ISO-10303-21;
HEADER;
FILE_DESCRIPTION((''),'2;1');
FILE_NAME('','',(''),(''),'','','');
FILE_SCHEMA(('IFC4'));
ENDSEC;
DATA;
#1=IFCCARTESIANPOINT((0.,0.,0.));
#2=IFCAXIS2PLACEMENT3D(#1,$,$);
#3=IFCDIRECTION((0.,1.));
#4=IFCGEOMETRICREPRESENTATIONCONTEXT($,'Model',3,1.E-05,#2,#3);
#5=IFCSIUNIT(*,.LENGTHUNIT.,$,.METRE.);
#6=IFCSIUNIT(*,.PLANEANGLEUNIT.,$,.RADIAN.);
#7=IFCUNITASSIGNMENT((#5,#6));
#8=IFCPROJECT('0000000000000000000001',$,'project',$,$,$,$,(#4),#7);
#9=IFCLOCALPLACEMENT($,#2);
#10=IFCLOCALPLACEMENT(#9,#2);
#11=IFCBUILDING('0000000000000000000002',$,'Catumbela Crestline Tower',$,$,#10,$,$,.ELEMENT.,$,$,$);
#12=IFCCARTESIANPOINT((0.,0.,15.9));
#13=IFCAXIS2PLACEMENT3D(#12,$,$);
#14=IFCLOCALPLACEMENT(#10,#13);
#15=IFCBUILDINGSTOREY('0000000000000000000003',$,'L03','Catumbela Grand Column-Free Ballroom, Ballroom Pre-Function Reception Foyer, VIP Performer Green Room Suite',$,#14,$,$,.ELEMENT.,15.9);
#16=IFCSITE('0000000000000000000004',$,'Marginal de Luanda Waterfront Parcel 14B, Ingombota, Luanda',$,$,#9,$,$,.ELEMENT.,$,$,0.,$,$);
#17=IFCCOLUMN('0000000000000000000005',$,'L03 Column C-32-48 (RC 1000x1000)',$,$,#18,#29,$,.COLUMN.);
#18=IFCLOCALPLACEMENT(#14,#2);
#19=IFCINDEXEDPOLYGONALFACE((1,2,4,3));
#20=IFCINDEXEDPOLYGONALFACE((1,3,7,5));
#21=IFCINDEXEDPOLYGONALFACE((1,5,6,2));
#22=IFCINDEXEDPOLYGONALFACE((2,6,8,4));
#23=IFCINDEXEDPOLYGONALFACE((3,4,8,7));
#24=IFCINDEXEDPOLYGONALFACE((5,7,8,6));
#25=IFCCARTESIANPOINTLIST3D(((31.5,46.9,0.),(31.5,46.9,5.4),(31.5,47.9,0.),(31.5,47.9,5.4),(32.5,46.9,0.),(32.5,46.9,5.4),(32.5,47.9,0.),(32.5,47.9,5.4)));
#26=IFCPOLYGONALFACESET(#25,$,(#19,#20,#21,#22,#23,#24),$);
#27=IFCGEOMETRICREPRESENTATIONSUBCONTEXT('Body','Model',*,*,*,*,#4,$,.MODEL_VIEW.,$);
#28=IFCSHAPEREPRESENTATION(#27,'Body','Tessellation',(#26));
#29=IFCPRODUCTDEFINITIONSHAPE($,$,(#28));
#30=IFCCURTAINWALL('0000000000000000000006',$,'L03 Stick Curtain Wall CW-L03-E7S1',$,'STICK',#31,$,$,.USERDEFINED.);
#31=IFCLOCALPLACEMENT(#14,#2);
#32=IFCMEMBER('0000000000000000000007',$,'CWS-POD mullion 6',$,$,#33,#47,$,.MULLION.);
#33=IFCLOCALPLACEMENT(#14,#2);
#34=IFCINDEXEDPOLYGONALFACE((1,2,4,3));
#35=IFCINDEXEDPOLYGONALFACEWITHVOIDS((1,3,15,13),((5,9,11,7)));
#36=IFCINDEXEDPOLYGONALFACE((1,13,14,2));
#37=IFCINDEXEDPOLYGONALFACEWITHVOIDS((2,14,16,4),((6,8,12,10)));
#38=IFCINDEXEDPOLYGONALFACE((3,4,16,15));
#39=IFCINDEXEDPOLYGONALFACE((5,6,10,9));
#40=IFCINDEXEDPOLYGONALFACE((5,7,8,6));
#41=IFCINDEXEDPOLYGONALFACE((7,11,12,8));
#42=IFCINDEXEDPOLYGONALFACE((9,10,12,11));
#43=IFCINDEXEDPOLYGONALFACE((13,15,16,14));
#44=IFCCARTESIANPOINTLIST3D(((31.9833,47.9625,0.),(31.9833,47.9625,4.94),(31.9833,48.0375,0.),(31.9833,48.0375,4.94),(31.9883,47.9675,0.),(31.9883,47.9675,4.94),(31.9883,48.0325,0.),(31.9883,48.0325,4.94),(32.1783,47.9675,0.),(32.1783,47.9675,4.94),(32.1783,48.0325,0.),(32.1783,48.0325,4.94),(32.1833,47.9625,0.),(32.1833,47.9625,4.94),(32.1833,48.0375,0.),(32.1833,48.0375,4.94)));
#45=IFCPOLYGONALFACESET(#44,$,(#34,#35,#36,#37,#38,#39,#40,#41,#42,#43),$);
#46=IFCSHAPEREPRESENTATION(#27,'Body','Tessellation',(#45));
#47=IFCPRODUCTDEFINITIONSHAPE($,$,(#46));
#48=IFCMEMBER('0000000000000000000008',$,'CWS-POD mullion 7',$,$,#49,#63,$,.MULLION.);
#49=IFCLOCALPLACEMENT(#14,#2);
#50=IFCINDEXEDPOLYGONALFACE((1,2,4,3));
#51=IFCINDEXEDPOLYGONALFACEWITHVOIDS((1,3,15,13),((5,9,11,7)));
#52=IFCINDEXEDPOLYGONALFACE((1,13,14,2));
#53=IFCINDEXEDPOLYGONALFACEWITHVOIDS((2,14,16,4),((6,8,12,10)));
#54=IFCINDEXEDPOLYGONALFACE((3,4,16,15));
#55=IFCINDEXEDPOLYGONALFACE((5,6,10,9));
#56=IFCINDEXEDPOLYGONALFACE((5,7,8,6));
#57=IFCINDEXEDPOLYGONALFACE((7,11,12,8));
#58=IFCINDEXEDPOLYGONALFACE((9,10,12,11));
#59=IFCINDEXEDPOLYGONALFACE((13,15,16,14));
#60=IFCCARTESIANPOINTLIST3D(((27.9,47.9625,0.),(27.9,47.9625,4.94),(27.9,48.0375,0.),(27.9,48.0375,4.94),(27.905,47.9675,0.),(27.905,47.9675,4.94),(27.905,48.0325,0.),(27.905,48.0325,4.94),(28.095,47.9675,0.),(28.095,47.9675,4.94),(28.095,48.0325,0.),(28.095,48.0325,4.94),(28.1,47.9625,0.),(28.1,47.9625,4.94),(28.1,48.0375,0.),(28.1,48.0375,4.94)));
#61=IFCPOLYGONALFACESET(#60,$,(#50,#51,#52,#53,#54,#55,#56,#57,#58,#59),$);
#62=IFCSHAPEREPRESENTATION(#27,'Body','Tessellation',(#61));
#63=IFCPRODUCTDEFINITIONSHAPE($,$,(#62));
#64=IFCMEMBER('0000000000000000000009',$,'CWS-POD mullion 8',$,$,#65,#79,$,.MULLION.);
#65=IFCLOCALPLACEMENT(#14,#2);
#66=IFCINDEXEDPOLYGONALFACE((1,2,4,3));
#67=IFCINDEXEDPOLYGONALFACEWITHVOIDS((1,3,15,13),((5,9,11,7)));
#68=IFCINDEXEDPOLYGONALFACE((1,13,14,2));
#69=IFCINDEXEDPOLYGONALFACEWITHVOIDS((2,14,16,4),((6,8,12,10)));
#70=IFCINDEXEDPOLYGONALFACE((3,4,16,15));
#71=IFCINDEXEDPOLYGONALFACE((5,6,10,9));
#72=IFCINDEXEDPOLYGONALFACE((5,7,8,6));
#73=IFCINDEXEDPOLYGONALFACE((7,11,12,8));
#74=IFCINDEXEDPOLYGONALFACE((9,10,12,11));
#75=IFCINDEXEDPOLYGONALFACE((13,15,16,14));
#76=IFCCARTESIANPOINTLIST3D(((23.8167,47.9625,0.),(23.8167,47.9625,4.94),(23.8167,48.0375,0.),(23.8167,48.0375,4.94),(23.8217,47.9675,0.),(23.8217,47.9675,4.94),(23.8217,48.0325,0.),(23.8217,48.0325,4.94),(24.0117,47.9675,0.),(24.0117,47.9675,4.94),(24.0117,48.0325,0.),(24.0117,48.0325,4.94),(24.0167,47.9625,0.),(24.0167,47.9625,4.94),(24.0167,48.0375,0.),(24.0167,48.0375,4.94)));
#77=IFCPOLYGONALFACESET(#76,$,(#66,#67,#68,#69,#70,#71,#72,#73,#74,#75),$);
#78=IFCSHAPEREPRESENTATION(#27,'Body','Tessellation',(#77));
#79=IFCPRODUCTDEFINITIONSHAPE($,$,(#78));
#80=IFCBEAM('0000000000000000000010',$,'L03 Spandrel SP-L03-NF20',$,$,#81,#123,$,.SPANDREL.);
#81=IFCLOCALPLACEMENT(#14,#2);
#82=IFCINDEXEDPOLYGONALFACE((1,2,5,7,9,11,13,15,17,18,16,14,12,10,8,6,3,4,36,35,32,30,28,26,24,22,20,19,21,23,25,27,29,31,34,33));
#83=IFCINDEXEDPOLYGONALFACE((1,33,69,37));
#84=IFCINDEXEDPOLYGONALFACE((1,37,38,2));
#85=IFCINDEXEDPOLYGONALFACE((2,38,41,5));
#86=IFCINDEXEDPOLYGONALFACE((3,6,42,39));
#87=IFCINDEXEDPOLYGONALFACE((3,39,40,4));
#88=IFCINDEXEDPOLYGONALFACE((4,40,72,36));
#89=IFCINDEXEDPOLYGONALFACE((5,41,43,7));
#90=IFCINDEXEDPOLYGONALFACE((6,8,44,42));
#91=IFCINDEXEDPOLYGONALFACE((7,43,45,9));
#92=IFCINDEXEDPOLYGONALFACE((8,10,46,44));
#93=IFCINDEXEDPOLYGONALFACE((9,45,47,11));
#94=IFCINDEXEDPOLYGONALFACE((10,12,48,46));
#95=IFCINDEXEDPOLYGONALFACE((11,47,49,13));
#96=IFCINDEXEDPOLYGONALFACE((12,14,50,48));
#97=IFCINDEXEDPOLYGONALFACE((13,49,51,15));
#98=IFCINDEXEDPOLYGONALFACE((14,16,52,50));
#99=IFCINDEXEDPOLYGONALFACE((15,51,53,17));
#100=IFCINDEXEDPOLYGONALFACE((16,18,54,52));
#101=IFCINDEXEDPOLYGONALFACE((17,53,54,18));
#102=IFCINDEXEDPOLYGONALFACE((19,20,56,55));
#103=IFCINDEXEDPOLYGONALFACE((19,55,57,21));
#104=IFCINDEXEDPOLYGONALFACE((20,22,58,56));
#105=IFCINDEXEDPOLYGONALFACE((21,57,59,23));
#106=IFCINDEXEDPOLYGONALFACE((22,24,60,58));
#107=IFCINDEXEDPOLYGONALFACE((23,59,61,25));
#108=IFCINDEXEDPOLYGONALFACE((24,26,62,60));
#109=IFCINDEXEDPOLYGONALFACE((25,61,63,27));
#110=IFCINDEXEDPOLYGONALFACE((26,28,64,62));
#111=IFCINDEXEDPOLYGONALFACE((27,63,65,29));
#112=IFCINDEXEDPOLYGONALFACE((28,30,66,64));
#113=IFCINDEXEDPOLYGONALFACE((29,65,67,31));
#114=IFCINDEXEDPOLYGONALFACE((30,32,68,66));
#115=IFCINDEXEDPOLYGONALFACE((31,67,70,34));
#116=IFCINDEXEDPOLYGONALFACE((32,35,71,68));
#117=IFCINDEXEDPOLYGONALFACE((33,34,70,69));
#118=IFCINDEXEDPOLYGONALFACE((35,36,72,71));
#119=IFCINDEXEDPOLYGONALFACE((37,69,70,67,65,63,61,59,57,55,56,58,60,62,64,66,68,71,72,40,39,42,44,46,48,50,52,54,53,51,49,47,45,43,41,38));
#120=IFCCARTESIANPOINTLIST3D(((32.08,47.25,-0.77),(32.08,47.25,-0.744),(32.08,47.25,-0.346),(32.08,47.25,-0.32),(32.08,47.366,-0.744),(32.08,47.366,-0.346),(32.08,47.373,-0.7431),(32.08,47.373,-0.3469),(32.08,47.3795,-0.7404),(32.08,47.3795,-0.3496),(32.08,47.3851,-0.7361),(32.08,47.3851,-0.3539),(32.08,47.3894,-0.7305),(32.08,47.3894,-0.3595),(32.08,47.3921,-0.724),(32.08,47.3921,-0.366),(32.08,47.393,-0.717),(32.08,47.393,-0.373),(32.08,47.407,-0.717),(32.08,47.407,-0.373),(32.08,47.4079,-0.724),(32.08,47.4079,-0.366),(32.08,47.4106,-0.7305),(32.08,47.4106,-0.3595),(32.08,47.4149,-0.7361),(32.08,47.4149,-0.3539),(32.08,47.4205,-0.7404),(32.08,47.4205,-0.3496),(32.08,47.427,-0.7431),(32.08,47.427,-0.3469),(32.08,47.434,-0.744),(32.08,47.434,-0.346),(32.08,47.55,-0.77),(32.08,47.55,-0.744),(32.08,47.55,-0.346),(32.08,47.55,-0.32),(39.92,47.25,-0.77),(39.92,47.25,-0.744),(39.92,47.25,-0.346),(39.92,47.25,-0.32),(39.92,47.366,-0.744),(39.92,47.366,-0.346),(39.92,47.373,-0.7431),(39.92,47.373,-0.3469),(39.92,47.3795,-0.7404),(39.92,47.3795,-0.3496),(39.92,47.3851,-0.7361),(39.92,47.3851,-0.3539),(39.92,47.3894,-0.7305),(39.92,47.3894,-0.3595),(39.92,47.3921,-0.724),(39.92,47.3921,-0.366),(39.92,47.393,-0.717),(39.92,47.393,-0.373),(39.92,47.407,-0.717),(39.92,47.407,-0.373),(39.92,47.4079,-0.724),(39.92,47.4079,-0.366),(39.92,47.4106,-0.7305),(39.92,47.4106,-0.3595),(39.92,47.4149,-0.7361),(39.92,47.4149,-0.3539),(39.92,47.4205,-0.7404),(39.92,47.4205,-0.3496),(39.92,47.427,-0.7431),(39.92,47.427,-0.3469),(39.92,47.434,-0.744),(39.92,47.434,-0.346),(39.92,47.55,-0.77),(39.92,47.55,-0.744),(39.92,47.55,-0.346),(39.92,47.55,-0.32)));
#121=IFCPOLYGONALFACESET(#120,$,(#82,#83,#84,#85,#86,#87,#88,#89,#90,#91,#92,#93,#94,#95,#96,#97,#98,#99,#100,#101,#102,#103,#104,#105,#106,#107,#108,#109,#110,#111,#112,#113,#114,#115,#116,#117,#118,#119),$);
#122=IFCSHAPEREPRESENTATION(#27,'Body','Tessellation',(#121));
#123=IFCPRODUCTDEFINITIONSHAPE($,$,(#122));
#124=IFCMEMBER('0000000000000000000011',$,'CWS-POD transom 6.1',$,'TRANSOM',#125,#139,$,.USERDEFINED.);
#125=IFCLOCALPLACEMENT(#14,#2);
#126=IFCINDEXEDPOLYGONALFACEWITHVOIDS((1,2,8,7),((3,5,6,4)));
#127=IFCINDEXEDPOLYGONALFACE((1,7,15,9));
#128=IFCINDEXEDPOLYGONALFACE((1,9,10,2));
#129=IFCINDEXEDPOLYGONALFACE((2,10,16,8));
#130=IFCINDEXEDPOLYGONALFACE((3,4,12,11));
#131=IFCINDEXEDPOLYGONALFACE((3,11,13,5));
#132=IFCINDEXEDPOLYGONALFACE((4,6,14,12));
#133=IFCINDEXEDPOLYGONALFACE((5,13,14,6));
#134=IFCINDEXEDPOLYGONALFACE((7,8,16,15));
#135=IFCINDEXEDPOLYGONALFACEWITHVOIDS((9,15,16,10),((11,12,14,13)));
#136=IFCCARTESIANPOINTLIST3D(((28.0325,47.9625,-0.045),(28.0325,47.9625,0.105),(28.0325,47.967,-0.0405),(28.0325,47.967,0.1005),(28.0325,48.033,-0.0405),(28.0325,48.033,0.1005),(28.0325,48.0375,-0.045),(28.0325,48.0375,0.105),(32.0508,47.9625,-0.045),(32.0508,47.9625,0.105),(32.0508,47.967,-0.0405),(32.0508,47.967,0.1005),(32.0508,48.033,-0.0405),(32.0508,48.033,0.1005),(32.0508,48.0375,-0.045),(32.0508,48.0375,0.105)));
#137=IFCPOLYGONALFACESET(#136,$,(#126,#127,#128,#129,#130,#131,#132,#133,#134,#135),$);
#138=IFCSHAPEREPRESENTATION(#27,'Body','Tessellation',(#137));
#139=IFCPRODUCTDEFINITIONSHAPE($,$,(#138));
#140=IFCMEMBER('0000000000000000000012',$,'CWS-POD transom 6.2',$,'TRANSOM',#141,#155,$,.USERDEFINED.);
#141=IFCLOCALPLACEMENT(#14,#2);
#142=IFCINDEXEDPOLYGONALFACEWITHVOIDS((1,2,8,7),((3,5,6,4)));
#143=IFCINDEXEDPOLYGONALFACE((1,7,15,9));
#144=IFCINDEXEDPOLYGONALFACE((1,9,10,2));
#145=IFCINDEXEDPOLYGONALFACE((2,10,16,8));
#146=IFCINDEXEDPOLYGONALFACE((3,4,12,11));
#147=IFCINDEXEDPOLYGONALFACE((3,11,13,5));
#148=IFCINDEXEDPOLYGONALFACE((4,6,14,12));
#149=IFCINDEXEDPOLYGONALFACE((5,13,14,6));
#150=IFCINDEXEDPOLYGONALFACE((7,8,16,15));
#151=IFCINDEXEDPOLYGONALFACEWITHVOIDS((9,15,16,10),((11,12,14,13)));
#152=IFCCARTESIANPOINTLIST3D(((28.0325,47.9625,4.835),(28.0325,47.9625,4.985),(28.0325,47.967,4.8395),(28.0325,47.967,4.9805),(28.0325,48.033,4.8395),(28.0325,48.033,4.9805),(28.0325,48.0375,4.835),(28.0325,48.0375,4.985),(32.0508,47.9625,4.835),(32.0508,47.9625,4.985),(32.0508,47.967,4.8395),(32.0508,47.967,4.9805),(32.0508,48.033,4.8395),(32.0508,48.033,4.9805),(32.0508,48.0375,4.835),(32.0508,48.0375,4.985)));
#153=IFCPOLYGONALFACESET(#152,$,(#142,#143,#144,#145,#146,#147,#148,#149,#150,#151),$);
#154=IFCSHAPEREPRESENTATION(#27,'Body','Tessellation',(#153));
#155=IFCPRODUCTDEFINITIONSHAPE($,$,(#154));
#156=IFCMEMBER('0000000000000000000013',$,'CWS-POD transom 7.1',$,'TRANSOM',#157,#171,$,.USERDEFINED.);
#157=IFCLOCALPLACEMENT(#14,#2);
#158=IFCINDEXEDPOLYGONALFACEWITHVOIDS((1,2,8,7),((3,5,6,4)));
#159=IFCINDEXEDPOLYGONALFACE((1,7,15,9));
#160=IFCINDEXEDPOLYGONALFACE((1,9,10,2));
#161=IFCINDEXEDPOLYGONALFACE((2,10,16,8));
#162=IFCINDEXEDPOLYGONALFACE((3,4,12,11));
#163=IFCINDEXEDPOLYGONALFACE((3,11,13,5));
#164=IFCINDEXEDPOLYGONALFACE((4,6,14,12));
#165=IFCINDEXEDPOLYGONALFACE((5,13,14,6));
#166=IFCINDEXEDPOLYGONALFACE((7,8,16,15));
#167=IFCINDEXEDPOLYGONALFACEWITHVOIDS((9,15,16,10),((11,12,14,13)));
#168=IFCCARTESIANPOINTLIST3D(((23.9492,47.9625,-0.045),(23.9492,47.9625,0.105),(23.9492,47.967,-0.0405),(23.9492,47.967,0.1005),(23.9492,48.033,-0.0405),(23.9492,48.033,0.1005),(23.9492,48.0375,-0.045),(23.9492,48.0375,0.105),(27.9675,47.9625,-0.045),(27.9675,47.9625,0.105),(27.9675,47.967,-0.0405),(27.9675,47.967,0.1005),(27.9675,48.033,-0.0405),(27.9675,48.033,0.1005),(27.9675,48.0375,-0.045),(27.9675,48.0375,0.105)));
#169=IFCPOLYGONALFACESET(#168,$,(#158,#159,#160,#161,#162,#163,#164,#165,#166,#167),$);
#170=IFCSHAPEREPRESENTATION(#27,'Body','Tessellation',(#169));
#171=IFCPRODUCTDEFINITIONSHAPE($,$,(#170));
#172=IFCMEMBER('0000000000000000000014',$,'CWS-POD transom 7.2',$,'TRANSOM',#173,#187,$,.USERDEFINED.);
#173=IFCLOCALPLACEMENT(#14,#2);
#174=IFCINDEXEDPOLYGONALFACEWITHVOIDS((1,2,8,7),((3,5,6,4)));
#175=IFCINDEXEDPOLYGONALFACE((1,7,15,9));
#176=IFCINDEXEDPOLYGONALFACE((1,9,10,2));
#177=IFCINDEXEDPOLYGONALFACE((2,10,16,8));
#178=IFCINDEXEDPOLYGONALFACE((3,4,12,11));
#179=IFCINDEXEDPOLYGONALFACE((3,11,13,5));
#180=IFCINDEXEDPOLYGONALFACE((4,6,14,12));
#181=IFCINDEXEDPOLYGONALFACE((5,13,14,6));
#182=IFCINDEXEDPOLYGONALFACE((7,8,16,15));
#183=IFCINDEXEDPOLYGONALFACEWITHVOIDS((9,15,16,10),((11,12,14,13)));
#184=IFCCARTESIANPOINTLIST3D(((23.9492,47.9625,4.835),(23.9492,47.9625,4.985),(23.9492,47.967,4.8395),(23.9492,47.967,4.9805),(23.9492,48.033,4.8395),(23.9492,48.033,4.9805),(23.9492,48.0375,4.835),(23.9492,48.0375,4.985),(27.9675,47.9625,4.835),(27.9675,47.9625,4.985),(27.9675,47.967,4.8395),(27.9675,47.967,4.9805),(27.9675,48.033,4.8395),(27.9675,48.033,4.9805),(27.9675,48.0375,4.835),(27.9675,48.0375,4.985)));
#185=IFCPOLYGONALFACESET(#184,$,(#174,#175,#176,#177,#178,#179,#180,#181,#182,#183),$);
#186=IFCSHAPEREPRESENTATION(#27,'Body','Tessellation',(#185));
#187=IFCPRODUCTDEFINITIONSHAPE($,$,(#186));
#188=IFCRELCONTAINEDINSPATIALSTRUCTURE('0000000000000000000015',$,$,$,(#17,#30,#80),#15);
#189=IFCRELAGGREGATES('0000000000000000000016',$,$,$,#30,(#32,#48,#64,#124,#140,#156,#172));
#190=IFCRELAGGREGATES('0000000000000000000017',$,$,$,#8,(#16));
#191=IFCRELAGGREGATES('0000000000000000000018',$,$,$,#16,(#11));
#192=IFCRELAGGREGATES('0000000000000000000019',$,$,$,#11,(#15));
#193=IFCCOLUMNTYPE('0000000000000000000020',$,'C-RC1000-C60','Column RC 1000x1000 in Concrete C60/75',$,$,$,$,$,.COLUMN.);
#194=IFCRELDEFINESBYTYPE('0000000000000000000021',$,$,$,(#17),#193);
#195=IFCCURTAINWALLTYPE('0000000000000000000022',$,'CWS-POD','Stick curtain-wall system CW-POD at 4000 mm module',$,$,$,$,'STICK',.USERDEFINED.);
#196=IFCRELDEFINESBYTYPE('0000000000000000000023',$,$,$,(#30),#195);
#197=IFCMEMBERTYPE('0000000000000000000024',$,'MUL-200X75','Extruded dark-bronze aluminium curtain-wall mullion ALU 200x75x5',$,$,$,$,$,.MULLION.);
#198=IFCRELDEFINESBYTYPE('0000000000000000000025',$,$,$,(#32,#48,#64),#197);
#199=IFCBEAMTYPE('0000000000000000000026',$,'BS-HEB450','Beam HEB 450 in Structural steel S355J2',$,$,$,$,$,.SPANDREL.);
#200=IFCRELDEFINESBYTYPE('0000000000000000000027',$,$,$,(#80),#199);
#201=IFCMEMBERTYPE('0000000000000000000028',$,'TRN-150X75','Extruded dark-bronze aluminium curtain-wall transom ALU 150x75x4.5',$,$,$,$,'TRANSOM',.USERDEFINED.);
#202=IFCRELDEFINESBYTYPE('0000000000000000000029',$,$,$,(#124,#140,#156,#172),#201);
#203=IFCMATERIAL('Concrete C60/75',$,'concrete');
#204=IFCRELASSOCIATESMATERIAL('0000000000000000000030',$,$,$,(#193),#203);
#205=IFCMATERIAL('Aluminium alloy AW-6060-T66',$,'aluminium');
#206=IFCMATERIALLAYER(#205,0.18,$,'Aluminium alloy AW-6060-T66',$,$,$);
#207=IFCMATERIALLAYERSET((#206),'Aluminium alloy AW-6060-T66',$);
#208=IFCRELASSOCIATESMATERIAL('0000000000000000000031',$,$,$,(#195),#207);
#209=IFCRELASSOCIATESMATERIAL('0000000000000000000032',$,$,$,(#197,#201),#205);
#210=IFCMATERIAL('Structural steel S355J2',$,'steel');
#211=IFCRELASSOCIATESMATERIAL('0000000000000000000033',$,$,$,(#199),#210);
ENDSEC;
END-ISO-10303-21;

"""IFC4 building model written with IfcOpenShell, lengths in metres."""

from ifc_helpers import new_model, si_unit, direction, frame, origin, origin_2d, place, context, subcontext, project, spatial, rectangle, hollow_rectangle, i_section, extrude, material, layer, layer_set, material_profile, profile_set, type_object, element, aggregate, save


model = new_model("IFC4")

# Units and contexts
model_context = context("Model", 3, precision=1e-05, world=origin(), true_north=direction((0.0, 1.0)))
body_context = subcontext(model_context, "Body", "Model", "MODEL_VIEW")
ifc_project = project(units=[si_unit("LENGTHUNIT", "METRE"), si_unit("PLANEANGLEUNIT", "RADIAN")], contexts=[model_context])

# Site, building, storey
site_placement = place(None, origin())
site = spatial("IfcSite", under=ifc_project, at=site_placement, Name="Marginal de Luanda Waterfront Parcel 14B, Ingombota, Luanda", CompositionType="ELEMENT", RefElevation=0.0)
building_placement = place(site_placement, origin())
building = spatial("IfcBuilding", under=site, at=building_placement, Name="Catumbela Crestline Tower", CompositionType="ELEMENT")
storey_placement = place(building_placement, frame((0.0, 0.0, 15.9)))
storey = spatial("IfcBuildingStorey", under=building, at=storey_placement, Name="L03", Description="Catumbela Grand Column-Free Ballroom, Ballroom Pre-Function Reception Foyer, VIP Performer Green Room Suite", CompositionType="ELEMENT", Elevation=15.9)

# Column
ifc_material_1 = material(Name="Concrete C60/75", Category="concrete")
ifc_material_profile_1 = material_profile(ifc_material_1, rectangle(XDim=1.0, YDim=1.0, at=origin_2d()), Name="RC 1000x1000")
ifc_profile_set_1 = profile_set([ifc_material_profile_1], Name="Concrete C60/75")
column_type = type_object("IfcColumnType", Name="C-RC1000-C60", Description="Column RC 1000x1000 in Concrete C60/75", PredefinedType="COLUMN", material=ifc_profile_set_1)
column_placement = place(storey_placement, frame((32.0, 47.4, 0.0), z_axis=(0.0, 0.0, 1.0), x_axis=(1.0, 0.0, 0.0)))
element("IfcColumn", 1, at=column_placement, inside=storey, type_object=column_type, Name="L03 Column C-32-48 (RC 1000x1000)", PredefinedType="COLUMN", context=body_context, shape_type="SweptSolid", body=[
    extrude(rectangle(XDim=1.0, YDim=1.0, at=origin_2d()), origin(), (0.0, 0.0, 1.0), 5.4),
])

# Curtain wall, members
ifc_material_2 = material(Name="Aluminium alloy AW-6060-T66", Category="aluminium")
ifc_layer_1 = layer(ifc_material_2, 0.18, Name="Aluminium alloy AW-6060-T66")
ifc_layer_set_1 = layer_set([ifc_layer_1], Name="Aluminium alloy AW-6060-T66")
curtain_wall_type = type_object("IfcCurtainWallType", Name="CWS-POD", Description="Stick curtain-wall system CW-POD at 4000 mm module", ElementType="STICK", PredefinedType="USERDEFINED", material=ifc_layer_set_1)
curtain_wall_placement = place(storey_placement, origin())
curtain_wall = element("IfcCurtainWall", 2, at=curtain_wall_placement, inside=storey, type_object=curtain_wall_type, Name="L03 Stick Curtain Wall CW-L03-E7S1", ObjectType="STICK", PredefinedType="USERDEFINED")
ifc_material_profile_2 = material_profile(ifc_material_2, hollow_rectangle(XDim=0.075, YDim=0.2, WallThickness=0.005, at=origin_2d()), Name="ALU 200x75x5")
ifc_profile_set_2 = profile_set([ifc_material_profile_2], Name="Aluminium alloy AW-6060-T66")
member_type_1 = type_object("IfcMemberType", Name="MUL-200X75", Description="Extruded dark-bronze aluminium curtain-wall mullion ALU 200x75x5", PredefinedType="MULLION", material=ifc_profile_set_2)
member_1_placement = place(storey_placement, frame((32.0833, 48.0, 0.0), z_axis=(0.0, 0.0, 1.0), x_axis=(0.0, -1.0, 0.0)))
member_1 = element("IfcMember", 3, at=member_1_placement, type_object=member_type_1, Name="CWS-POD mullion 6", PredefinedType="MULLION", context=body_context, shape_type="SweptSolid", body=[
    extrude(hollow_rectangle(XDim=0.075, YDim=0.2, WallThickness=0.005, at=origin_2d()), origin(), (0.0, 0.0, 1.0), 4.94),
])
member_2_placement = place(storey_placement, frame((28.0, 48.0, 0.0), z_axis=(0.0, 0.0, 1.0), x_axis=(0.0, -1.0, 0.0)))
member_2 = element("IfcMember", 4, at=member_2_placement, type_object=member_type_1, Name="CWS-POD mullion 7", PredefinedType="MULLION", context=body_context, shape_type="SweptSolid", body=[
    extrude(hollow_rectangle(XDim=0.075, YDim=0.2, WallThickness=0.005, at=origin_2d()), origin(), (0.0, 0.0, 1.0), 4.94),
])
member_3_placement = place(storey_placement, frame((23.9167, 48.0, 0.0), z_axis=(0.0, 0.0, 1.0), x_axis=(0.0, -1.0, 0.0)))
member_3 = element("IfcMember", 5, at=member_3_placement, type_object=member_type_1, Name="CWS-POD mullion 8", PredefinedType="MULLION", context=body_context, shape_type="SweptSolid", body=[
    extrude(hollow_rectangle(XDim=0.075, YDim=0.2, WallThickness=0.005, at=origin_2d()), origin(), (0.0, 0.0, 1.0), 4.94),
])

# Beam
ifc_material_3 = material(Name="Structural steel S355J2", Category="steel")
ifc_material_profile_3 = material_profile(ifc_material_3, i_section(OverallWidth=0.3, OverallDepth=0.45, WebThickness=0.014, FlangeThickness=0.026, FilletRadius=0.027, at=origin_2d()), Name="HEB 450")
ifc_profile_set_3 = profile_set([ifc_material_profile_3], Name="Structural steel S355J2")
beam_type = type_object("IfcBeamType", Name="BS-HEB450", Description="Beam HEB 450 in Structural steel S355J2", PredefinedType="SPANDREL", material=ifc_profile_set_3)
beam_placement = place(storey_placement, frame((32.08, 47.4, -0.545), z_axis=(1.0, 0.0, 0.0), x_axis=(0.0, 1.0, 0.0)))
element("IfcBeam", 6, at=beam_placement, inside=storey, type_object=beam_type, Name="L03 Spandrel SP-L03-NF20", PredefinedType="SPANDREL", context=body_context, shape_type="SweptSolid", body=[
    extrude(i_section(OverallWidth=0.3, OverallDepth=0.45, WebThickness=0.014, FlangeThickness=0.026, FilletRadius=0.027, at=origin_2d()), origin(), (0.0, 0.0, 1.0), 7.84),
])

# Members
ifc_material_profile_4 = material_profile(ifc_material_2, hollow_rectangle(XDim=0.075, YDim=0.15, WallThickness=0.0045, at=origin_2d()), Name="ALU 150x75x4.5")
ifc_profile_set_4 = profile_set([ifc_material_profile_4], Name="Aluminium alloy AW-6060-T66")
member_type_2 = type_object("IfcMemberType", Name="TRN-150X75", Description="Extruded dark-bronze aluminium curtain-wall transom ALU 150x75x4.5", ElementType="TRANSOM", PredefinedType="USERDEFINED", material=ifc_profile_set_4)
member_4_placement = place(storey_placement, frame((32.0508, 48.0, 0.03), z_axis=(-1.0, 0.0, 0.0), x_axis=(0.0, -1.0, 0.0)))
member_4 = element("IfcMember", 7, at=member_4_placement, type_object=member_type_2, Name="CWS-POD transom 6.1", ObjectType="TRANSOM", PredefinedType="USERDEFINED", context=body_context, shape_type="SweptSolid", body=[
    extrude(hollow_rectangle(XDim=0.075, YDim=0.15, WallThickness=0.0045, at=origin_2d()), origin(), (0.0, 0.0, 1.0), 4.0183),
])
member_5_placement = place(storey_placement, frame((32.0508, 48.0, 4.91), z_axis=(-1.0, 0.0, 0.0), x_axis=(0.0, -1.0, 0.0)))
member_5 = element("IfcMember", 8, at=member_5_placement, type_object=member_type_2, Name="CWS-POD transom 6.2", ObjectType="TRANSOM", PredefinedType="USERDEFINED", context=body_context, shape_type="SweptSolid", body=[
    extrude(hollow_rectangle(XDim=0.075, YDim=0.15, WallThickness=0.0045, at=origin_2d()), origin(), (0.0, 0.0, 1.0), 4.0183),
])
member_6_placement = place(storey_placement, frame((27.9675, 48.0, 0.03), z_axis=(-1.0, 0.0, 0.0), x_axis=(0.0, -1.0, 0.0)))
member_6 = element("IfcMember", 9, at=member_6_placement, type_object=member_type_2, Name="CWS-POD transom 7.1", ObjectType="TRANSOM", PredefinedType="USERDEFINED", context=body_context, shape_type="SweptSolid", body=[
    extrude(hollow_rectangle(XDim=0.075, YDim=0.15, WallThickness=0.0045, at=origin_2d()), origin(), (0.0, 0.0, 1.0), 4.0183),
])
member_7_placement = place(storey_placement, frame((27.9675, 48.0, 4.91), z_axis=(-1.0, 0.0, 0.0), x_axis=(0.0, -1.0, 0.0)))
member_7 = element("IfcMember", 10, at=member_7_placement, type_object=member_type_2, Name="CWS-POD transom 7.2", ObjectType="TRANSOM", PredefinedType="USERDEFINED", context=body_context, shape_type="SweptSolid", body=[
    extrude(hollow_rectangle(XDim=0.075, YDim=0.15, WallThickness=0.0045, at=origin_2d()), origin(), (0.0, 0.0, 1.0), 4.0183),
])

aggregate(curtain_wall, [member_1, member_2, member_3, member_4, member_5, member_6, member_7])

save(model, "model.ifc")
